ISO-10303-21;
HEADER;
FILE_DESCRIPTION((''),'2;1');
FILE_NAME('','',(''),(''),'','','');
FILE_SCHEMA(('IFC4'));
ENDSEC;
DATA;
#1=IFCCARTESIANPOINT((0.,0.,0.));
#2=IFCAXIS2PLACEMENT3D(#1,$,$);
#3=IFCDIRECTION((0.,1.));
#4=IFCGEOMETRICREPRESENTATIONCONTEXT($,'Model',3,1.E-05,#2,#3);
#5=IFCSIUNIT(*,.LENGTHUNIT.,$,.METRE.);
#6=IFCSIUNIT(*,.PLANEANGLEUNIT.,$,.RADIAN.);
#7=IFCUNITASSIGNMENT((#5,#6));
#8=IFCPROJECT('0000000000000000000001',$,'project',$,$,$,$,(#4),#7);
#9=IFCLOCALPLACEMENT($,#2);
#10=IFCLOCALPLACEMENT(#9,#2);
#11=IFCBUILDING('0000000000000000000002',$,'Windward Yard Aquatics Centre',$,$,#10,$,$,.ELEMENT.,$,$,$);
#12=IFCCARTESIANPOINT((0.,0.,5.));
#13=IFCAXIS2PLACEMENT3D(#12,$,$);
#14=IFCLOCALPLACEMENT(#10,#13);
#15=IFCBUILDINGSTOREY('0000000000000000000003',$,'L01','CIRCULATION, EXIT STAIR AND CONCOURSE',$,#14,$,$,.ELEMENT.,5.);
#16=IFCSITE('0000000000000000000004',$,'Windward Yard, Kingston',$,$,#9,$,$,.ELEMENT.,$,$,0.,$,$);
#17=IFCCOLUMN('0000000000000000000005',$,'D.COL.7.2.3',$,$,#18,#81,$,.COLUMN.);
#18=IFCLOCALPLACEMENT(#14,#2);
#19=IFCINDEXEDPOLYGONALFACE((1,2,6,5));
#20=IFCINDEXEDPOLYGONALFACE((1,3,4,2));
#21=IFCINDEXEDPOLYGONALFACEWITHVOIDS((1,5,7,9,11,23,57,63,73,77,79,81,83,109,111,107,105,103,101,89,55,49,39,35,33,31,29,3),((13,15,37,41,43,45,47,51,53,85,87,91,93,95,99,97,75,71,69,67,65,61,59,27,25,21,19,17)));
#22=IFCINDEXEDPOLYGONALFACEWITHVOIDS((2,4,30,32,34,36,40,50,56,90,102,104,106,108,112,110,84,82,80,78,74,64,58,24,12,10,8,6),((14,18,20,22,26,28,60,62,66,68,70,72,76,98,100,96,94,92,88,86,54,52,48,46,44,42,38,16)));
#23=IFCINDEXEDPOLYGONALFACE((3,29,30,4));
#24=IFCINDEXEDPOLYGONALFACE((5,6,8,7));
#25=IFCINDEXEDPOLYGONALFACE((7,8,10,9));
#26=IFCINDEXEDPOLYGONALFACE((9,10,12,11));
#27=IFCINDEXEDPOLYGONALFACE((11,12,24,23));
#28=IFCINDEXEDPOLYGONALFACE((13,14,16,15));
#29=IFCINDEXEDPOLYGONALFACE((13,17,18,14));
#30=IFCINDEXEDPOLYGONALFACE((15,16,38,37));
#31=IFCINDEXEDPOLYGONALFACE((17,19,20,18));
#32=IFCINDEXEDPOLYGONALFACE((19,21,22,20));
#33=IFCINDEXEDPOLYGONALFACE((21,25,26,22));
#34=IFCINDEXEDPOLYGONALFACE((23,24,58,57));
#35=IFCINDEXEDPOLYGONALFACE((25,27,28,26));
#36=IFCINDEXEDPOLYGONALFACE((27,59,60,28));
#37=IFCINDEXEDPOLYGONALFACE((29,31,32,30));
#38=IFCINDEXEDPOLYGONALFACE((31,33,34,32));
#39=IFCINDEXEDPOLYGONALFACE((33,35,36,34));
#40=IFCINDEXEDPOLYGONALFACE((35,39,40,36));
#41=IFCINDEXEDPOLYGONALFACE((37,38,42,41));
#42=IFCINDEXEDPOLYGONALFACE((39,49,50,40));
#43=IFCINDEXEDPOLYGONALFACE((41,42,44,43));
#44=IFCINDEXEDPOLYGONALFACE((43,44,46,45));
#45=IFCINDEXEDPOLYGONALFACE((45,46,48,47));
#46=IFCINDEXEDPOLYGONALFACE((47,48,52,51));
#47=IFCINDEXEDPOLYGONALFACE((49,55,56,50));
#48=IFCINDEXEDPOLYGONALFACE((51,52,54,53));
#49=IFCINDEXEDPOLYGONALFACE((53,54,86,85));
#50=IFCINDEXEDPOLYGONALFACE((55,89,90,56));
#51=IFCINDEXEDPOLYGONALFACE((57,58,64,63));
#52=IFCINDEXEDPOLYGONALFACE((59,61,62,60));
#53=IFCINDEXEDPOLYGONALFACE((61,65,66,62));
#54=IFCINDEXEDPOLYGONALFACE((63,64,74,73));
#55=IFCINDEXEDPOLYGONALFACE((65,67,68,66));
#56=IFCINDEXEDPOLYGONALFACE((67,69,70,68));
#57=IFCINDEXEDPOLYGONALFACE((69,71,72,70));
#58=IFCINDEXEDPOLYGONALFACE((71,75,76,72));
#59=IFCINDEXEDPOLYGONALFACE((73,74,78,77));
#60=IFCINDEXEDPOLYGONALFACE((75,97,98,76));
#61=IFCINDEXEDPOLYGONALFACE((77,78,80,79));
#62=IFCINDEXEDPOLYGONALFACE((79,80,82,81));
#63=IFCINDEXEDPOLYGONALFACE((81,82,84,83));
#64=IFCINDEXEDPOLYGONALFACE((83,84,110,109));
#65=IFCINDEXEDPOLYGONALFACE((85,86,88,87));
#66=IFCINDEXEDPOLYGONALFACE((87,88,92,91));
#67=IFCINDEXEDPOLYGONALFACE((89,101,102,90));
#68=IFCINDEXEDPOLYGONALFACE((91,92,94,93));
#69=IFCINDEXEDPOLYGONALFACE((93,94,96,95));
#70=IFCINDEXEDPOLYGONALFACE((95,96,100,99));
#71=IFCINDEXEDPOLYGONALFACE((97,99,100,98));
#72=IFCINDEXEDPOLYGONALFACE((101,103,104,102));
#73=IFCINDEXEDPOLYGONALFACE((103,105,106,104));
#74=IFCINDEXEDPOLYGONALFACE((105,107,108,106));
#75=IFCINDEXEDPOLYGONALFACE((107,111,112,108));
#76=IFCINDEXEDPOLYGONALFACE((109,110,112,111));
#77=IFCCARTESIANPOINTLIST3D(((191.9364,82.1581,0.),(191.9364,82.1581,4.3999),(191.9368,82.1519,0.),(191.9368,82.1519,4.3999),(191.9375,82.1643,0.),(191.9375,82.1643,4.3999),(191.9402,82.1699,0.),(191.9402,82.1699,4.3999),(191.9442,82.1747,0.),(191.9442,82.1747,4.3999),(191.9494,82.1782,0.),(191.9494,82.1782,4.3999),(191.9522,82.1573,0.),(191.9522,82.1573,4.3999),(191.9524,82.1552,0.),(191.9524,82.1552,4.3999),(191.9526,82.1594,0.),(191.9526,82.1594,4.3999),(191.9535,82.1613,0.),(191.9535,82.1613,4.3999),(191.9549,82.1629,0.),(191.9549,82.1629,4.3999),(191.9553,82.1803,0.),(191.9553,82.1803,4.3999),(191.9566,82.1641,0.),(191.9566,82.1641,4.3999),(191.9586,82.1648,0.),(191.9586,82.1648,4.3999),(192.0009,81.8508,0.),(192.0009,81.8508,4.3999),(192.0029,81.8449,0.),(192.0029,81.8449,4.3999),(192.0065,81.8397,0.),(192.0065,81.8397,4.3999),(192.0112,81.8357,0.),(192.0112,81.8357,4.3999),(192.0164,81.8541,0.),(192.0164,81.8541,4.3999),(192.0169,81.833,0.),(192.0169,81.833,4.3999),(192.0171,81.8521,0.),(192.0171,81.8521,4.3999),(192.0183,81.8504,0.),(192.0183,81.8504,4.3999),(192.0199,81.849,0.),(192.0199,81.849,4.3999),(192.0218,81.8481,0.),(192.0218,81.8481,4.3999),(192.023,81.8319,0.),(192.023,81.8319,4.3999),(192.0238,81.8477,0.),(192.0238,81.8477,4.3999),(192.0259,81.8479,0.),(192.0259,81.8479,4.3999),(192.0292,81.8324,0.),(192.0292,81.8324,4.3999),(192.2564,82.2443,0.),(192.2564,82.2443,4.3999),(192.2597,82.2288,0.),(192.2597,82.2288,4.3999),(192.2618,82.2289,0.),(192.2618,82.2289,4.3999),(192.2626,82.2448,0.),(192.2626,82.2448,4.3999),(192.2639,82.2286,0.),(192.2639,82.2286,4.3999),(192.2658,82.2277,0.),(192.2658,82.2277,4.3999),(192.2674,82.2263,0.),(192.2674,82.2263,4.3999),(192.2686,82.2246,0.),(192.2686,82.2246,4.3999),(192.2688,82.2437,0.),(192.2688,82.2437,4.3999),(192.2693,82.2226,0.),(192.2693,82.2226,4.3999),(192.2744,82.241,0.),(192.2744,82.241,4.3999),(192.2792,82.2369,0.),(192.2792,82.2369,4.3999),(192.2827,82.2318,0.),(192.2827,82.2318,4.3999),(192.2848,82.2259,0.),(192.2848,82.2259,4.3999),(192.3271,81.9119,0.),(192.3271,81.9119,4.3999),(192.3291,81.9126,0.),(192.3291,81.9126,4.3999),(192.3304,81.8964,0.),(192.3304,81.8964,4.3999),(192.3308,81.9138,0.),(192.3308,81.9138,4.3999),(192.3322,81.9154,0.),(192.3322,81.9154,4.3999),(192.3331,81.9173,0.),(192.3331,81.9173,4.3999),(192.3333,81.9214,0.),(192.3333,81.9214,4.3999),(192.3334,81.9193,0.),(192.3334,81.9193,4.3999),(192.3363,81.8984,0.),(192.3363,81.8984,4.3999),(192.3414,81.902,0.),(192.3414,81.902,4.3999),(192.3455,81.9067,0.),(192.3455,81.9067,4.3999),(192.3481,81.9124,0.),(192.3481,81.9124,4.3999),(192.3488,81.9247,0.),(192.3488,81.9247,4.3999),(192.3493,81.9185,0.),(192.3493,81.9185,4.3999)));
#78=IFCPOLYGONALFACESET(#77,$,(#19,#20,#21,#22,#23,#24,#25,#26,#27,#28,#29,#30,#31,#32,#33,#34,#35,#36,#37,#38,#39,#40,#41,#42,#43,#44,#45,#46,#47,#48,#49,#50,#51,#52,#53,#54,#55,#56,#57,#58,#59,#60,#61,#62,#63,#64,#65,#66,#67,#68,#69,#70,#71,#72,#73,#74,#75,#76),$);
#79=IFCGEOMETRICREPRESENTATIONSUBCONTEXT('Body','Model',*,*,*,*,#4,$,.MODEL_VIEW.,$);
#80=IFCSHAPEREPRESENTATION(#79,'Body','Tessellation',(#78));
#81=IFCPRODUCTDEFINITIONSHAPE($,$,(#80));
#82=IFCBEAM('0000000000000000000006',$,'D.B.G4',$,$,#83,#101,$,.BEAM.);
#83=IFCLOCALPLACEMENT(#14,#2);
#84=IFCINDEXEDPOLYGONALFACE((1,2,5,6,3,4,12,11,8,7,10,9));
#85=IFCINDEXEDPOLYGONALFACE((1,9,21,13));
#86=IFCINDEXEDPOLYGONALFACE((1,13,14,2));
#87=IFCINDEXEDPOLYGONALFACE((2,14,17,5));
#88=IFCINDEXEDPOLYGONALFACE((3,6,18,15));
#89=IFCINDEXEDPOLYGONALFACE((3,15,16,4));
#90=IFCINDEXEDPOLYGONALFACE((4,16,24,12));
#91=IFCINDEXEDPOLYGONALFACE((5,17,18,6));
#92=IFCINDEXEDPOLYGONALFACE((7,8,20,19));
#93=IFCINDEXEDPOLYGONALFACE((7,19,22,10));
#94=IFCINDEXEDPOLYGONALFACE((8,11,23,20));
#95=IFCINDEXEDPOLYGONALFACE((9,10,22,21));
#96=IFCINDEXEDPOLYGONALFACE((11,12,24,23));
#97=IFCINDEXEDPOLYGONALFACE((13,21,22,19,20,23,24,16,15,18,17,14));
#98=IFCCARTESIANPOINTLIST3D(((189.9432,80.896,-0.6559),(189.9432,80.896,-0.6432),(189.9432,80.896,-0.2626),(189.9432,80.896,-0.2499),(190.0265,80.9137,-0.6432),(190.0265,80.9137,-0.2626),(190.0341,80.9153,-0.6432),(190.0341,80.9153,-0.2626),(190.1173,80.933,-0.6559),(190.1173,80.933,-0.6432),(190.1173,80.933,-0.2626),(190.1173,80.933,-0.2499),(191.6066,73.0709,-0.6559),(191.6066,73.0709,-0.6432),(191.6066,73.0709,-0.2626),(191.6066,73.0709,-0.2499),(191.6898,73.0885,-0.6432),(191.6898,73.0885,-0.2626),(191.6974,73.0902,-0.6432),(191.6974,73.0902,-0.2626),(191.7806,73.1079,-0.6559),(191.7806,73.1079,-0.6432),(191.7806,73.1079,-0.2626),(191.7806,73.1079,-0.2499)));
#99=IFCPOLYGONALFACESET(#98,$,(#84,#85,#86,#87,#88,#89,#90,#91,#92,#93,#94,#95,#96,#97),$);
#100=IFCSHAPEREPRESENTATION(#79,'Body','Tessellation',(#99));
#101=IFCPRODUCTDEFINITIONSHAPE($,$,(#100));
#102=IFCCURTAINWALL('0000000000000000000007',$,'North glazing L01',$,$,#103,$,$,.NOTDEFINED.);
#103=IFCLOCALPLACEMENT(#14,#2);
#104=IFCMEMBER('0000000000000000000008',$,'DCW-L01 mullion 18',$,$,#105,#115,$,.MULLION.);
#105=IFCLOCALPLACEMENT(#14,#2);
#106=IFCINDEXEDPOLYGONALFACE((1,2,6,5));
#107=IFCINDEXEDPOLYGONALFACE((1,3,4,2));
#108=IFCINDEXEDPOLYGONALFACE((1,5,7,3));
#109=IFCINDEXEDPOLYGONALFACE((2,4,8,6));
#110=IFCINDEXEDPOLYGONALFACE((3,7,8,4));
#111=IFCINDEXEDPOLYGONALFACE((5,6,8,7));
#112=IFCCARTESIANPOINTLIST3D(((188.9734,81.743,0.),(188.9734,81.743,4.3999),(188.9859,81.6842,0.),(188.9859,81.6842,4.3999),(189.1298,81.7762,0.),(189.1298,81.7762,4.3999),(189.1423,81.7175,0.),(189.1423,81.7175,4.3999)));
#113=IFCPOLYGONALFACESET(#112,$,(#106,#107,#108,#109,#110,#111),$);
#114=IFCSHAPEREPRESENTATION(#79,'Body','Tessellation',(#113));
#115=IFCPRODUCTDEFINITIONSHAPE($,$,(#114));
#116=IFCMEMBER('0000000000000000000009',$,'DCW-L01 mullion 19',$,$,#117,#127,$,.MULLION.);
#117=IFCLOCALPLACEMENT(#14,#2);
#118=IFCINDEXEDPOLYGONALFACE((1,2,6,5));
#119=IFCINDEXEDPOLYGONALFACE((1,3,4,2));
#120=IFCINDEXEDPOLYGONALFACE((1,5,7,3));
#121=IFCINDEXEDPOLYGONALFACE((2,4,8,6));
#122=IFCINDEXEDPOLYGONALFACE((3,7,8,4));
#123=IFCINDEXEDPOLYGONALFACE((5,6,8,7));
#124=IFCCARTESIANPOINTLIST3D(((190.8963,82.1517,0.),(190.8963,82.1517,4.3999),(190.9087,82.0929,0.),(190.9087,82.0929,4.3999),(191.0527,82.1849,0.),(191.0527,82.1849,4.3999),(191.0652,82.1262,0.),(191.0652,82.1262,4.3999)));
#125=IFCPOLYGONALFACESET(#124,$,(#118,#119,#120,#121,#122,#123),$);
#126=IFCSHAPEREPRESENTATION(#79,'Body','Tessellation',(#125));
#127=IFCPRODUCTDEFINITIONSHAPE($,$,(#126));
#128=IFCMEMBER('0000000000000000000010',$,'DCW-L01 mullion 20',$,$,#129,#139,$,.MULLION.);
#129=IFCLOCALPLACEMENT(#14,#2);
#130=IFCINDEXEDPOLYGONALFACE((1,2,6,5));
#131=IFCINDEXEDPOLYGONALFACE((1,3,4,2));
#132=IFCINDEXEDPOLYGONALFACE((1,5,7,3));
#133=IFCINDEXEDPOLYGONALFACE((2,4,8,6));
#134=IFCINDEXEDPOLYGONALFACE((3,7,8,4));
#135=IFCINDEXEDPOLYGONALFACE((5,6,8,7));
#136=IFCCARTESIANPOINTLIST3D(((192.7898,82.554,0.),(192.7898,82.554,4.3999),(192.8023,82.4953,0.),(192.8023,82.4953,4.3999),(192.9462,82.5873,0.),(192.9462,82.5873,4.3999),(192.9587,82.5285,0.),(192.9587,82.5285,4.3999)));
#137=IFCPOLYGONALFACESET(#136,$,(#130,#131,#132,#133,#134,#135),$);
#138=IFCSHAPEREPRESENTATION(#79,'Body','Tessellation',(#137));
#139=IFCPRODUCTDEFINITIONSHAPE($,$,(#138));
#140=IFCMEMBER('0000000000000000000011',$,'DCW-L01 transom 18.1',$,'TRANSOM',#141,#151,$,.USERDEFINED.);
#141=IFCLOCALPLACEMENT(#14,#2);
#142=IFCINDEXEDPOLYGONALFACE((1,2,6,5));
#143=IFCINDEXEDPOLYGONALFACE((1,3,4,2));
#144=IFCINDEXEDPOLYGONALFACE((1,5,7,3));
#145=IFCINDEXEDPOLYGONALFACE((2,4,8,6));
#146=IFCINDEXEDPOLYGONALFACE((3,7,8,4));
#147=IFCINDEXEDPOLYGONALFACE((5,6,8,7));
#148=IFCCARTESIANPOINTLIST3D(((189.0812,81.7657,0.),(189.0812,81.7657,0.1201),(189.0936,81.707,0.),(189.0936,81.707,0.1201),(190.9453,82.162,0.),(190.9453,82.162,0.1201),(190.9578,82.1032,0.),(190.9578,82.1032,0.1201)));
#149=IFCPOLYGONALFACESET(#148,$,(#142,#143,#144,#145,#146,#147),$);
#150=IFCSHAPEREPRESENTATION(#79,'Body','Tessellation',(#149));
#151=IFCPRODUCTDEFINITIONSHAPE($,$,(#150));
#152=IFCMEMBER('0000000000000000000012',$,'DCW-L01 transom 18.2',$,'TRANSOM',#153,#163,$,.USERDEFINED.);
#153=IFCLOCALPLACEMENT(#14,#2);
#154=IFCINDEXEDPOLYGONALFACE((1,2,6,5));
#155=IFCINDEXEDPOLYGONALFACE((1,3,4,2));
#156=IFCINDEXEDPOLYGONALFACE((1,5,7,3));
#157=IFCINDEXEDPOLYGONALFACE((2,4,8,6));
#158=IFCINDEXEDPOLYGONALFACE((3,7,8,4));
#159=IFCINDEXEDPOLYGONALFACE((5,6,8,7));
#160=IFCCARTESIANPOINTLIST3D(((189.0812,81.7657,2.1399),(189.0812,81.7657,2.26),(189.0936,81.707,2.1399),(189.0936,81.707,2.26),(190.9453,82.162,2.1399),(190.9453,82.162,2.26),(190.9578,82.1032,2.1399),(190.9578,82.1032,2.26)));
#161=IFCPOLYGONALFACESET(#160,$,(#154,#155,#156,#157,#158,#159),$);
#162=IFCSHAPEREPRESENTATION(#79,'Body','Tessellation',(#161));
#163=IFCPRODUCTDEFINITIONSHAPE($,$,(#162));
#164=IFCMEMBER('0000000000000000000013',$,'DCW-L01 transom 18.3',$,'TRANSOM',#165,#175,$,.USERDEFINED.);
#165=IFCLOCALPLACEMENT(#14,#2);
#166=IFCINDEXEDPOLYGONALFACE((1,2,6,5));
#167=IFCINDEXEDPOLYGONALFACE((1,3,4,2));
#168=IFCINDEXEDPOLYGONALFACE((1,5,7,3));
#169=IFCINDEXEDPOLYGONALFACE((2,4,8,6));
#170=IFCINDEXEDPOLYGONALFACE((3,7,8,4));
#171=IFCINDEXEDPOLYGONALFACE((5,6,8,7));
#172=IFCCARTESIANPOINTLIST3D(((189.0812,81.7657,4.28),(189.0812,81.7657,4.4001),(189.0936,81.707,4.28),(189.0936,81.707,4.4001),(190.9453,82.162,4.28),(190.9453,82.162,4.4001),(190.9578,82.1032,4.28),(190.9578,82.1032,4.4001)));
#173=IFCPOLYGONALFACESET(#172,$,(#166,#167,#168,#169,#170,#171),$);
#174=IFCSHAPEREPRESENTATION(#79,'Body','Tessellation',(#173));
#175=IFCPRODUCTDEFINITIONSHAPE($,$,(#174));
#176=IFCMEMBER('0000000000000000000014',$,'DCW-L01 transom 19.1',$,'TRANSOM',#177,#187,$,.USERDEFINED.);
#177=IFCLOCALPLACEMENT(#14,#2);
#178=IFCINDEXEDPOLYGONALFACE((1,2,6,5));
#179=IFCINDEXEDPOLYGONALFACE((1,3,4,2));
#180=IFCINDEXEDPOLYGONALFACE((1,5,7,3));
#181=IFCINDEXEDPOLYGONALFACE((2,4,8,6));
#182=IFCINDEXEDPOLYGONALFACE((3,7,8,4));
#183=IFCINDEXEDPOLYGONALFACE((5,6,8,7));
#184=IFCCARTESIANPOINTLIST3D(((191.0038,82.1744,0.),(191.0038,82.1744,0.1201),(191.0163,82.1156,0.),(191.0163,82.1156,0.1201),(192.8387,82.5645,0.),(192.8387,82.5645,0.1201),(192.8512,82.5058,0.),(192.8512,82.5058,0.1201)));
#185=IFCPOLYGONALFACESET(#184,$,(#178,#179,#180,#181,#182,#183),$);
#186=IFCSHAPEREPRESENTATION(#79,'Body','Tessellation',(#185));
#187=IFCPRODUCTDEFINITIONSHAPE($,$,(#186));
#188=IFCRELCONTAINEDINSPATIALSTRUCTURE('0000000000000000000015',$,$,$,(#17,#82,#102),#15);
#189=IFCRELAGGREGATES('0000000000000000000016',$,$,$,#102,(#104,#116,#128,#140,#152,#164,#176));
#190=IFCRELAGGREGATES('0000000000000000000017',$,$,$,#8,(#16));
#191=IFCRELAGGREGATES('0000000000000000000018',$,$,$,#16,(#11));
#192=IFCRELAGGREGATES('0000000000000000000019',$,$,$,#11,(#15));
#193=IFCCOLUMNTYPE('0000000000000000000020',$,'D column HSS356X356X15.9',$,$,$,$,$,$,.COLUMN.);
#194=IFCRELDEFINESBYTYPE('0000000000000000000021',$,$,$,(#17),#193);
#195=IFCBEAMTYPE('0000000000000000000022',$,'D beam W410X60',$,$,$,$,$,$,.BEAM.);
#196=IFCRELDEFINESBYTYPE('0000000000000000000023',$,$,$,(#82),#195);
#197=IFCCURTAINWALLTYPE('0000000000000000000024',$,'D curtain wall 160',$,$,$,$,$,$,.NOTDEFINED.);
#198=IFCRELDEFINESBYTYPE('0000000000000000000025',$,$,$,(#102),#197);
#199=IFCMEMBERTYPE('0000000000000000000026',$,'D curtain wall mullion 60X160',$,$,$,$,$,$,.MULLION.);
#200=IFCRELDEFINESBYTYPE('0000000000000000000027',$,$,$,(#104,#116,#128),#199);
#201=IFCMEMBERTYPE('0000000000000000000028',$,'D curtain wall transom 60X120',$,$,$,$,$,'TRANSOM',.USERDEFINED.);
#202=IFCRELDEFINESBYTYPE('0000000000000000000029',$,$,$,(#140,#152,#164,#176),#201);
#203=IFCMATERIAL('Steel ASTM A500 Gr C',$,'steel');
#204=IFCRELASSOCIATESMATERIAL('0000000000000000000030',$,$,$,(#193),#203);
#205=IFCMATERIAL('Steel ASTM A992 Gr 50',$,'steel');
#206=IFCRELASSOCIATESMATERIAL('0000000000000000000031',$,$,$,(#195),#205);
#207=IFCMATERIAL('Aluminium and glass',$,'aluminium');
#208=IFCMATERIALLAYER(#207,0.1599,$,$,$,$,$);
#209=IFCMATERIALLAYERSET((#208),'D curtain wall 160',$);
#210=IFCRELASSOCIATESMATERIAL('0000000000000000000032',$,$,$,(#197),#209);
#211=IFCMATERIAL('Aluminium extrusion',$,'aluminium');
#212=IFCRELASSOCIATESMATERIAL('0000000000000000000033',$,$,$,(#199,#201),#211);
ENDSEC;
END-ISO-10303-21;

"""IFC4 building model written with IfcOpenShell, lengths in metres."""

from ifc_helpers import new_model, si_unit, direction, frame, origin, origin_2d, place, context, subcontext, project, spatial, rectangle, hollow_rectangle, i_section, extrude, material, layer, layer_set, material_profile, profile_set, type_object, element, aggregate, save


model = new_model("IFC4")

# Units and contexts
model_context = context("Model", 3, precision=1e-05, world=origin(), true_north=direction((0.0, 1.0)))
body_context = subcontext(model_context, "Body", "Model", "MODEL_VIEW")
ifc_project = project(units=[si_unit("LENGTHUNIT", "METRE"), si_unit("PLANEANGLEUNIT", "RADIAN")], contexts=[model_context])

# Site, building, storey
site_placement = place(None, origin())
site = spatial("IfcSite", under=ifc_project, at=site_placement, Name="Windward Yard, Kingston", CompositionType="ELEMENT", RefElevation=0.0)
building_placement = place(site_placement, origin())
building = spatial("IfcBuilding", under=site, at=building_placement, Name="Windward Yard Aquatics Centre", CompositionType="ELEMENT")
storey_placement = place(building_placement, frame((0.0, 0.0, 5.0)))
storey = spatial("IfcBuildingStorey", under=building, at=storey_placement, Name="L01", Description="CIRCULATION, EXIT STAIR AND CONCOURSE", CompositionType="ELEMENT", Elevation=5.0)

# Column
ifc_material_1 = material(Name="Steel ASTM A500 Gr C", Category="steel")
ifc_material_profile_1 = material_profile(ifc_material_1, hollow_rectangle(XDim=0.3557, YDim=0.3557, WallThickness=0.0159, InnerFilletRadius=0.0081, OuterFilletRadius=0.0239, at=origin_2d()), Name="HSS356X356X15.9")
ifc_profile_set_1 = profile_set([ifc_material_profile_1], Name="Steel ASTM A500 Gr C")
column_type = type_object("IfcColumnType", Name="D column HSS356X356X15.9", PredefinedType="COLUMN", material=ifc_profile_set_1)
column_placement = place(storey_placement, frame((192.1428, 82.0383, 0.0), z_axis=(0.0, 0.0, 1.0), x_axis=(0.978148, 0.207912, 0.0)))
element("IfcColumn", 1, at=column_placement, inside=storey, type_object=column_type, Name="D.COL.7.2.3", PredefinedType="COLUMN", context=body_context, shape_type="SweptSolid", body=[
    extrude(hollow_rectangle(XDim=0.3557, YDim=0.3557, WallThickness=0.0159, InnerFilletRadius=0.0081, OuterFilletRadius=0.0239, at=origin_2d()), origin(), (0.0, 0.0, 1.0), 4.3999),
])

# Beam
ifc_material_2 = material(Name="Steel ASTM A992 Gr 50", Category="steel")
ifc_material_profile_2 = material_profile(ifc_material_2, i_section(OverallWidth=0.178, OverallDepth=0.406, WebThickness=0.0078, FlangeThickness=0.0127, at=origin_2d()), Name="W410X60")
ifc_profile_set_2 = profile_set([ifc_material_profile_2], Name="Steel ASTM A992 Gr 50")
beam_type = type_object("IfcBeamType", Name="D beam W410X60", PredefinedType="BEAM", material=ifc_profile_set_2)
beam_placement = place(storey_placement, frame((191.6936, 73.0894, -0.4529), z_axis=(-0.207916, 0.978147, 0.0), x_axis=(-0.978147, -0.207916, 0.0)))
element("IfcBeam", 2, at=beam_placement, inside=storey, type_object=beam_type, Name="D.B.G4", PredefinedType="BEAM", context=body_context, shape_type="SweptSolid", body=[
    extrude(i_section(OverallWidth=0.178, OverallDepth=0.406, WebThickness=0.0078, FlangeThickness=0.0127, at=origin_2d()), origin(), (0.0, 0.0, 1.0), 8.0),
])

# Curtain wall, members
ifc_material_3 = material(Name="Aluminium and glass", Category="aluminium")
ifc_layer_1 = layer(ifc_material_3, 0.1599)
ifc_layer_set_1 = layer_set([ifc_layer_1], Name="D curtain wall 160")
curtain_wall_type = type_object("IfcCurtainWallType", Name="D curtain wall 160", PredefinedType="NOTDEFINED", material=ifc_layer_set_1)
curtain_wall_placement = place(storey_placement, origin())
curtain_wall = element("IfcCurtainWall", 3, at=curtain_wall_placement, inside=storey, type_object=curtain_wall_type, Name="North glazing L01", PredefinedType="NOTDEFINED")
ifc_material_4 = material(Name="Aluminium extrusion", Category="aluminium")
ifc_material_profile_3 = material_profile(ifc_material_4, rectangle(XDim=0.0601, YDim=0.1599, at=origin_2d()), Name="MULLION 60X160")
ifc_profile_set_3 = profile_set([ifc_material_profile_3], Name="Aluminium extrusion")
member_type_1 = type_object("IfcMemberType", Name="D curtain wall mullion 60X160", PredefinedType="MULLION", material=ifc_profile_set_3)
member_1_placement = place(storey_placement, frame((189.0579, 81.7302, 0.0), z_axis=(0.0, 0.0, 1.0), x_axis=(-0.207912, 0.978148, 0.0)))
member_1 = element("IfcMember", 4, at=member_1_placement, type_object=member_type_1, Name="DCW-L01 mullion 18", PredefinedType="MULLION", context=body_context, shape_type="SweptSolid", body=[
    extrude(rectangle(XDim=0.0601, YDim=0.1599, at=origin_2d()), origin(), (0.0, 0.0, 1.0), 4.3999),
])
member_2_placement = place(storey_placement, frame((190.9807, 82.1389, 0.0), z_axis=(0.0, 0.0, 1.0), x_axis=(-0.207912, 0.978148, 0.0)))
member_2 = element("IfcMember", 5, at=member_2_placement, type_object=member_type_1, Name="DCW-L01 mullion 19", PredefinedType="MULLION", context=body_context, shape_type="SweptSolid", body=[
    extrude(rectangle(XDim=0.0601, YDim=0.1599, at=origin_2d()), origin(), (0.0, 0.0, 1.0), 4.3999),
])
member_3_placement = place(storey_placement, frame((192.8743, 82.5413, 0.0), z_axis=(0.0, 0.0, 1.0), x_axis=(-0.207912, 0.978148, 0.0)))
member_3 = element("IfcMember", 6, at=member_3_placement, type_object=member_type_1, Name="DCW-L01 mullion 20", PredefinedType="MULLION", context=body_context, shape_type="SweptSolid", body=[
    extrude(rectangle(XDim=0.0601, YDim=0.1599, at=origin_2d()), origin(), (0.0, 0.0, 1.0), 4.3999),
])
ifc_material_profile_4 = material_profile(ifc_material_4, rectangle(XDim=0.0601, YDim=0.1201, at=origin_2d()), Name="TRANSOM 60X120")
ifc_profile_set_4 = profile_set([ifc_material_profile_4], Name="Aluminium extrusion")
member_type_2 = type_object("IfcMemberType", Name="D curtain wall transom 60X120", ElementType="TRANSOM", PredefinedType="USERDEFINED", material=ifc_profile_set_4)
member_4_placement = place(storey_placement, frame((189.0874, 81.7363, 0.0601), z_axis=(0.978144, 0.207928, 0.0), x_axis=(-0.207928, 0.978144, 0.0)))
member_4 = element("IfcMember", 7, at=member_4_placement, type_object=member_type_2, Name="DCW-L01 transom 18.1", ObjectType="TRANSOM", PredefinedType="USERDEFINED", context=body_context, shape_type="SweptSolid", body=[
    extrude(rectangle(XDim=0.0601, YDim=0.1201, at=origin_2d()), origin(), (0.0, 0.0, 1.0), 1.9058),
])
member_5_placement = place(storey_placement, frame((189.0874, 81.7363, 2.2), z_axis=(0.978144, 0.207928, 0.0), x_axis=(-0.207928, 0.978144, 0.0)))
member_5 = element("IfcMember", 8, at=member_5_placement, type_object=member_type_2, Name="DCW-L01 transom 18.2", ObjectType="TRANSOM", PredefinedType="USERDEFINED", context=body_context, shape_type="SweptSolid", body=[
    extrude(rectangle(XDim=0.0601, YDim=0.1201, at=origin_2d()), origin(), (0.0, 0.0, 1.0), 1.9058),
])
member_6_placement = place(storey_placement, frame((189.0874, 81.7363, 4.3401), z_axis=(0.978144, 0.207928, 0.0), x_axis=(-0.207928, 0.978144, 0.0)))
member_6 = element("IfcMember", 9, at=member_6_placement, type_object=member_type_2, Name="DCW-L01 transom 18.3", ObjectType="TRANSOM", PredefinedType="USERDEFINED", context=body_context, shape_type="SweptSolid", body=[
    extrude(rectangle(XDim=0.0601, YDim=0.1201, at=origin_2d()), origin(), (0.0, 0.0, 1.0), 1.9058),
])
member_7_placement = place(storey_placement, frame((191.01, 82.145, 0.0601), z_axis=(0.978136, 0.207965, 0.0), x_axis=(-0.207965, 0.978136, 0.0)))
member_7 = element("IfcMember", 10, at=member_7_placement, type_object=member_type_2, Name="DCW-L01 transom 19.1", ObjectType="TRANSOM", PredefinedType="USERDEFINED", context=body_context, shape_type="SweptSolid", body=[
    extrude(rectangle(XDim=0.0601, YDim=0.1201, at=origin_2d()), origin(), (0.0, 0.0, 1.0), 1.876),
])
aggregate(curtain_wall, [member_1, member_2, member_3, member_4, member_5, member_6, member_7])

save(model, "model.ifc")
